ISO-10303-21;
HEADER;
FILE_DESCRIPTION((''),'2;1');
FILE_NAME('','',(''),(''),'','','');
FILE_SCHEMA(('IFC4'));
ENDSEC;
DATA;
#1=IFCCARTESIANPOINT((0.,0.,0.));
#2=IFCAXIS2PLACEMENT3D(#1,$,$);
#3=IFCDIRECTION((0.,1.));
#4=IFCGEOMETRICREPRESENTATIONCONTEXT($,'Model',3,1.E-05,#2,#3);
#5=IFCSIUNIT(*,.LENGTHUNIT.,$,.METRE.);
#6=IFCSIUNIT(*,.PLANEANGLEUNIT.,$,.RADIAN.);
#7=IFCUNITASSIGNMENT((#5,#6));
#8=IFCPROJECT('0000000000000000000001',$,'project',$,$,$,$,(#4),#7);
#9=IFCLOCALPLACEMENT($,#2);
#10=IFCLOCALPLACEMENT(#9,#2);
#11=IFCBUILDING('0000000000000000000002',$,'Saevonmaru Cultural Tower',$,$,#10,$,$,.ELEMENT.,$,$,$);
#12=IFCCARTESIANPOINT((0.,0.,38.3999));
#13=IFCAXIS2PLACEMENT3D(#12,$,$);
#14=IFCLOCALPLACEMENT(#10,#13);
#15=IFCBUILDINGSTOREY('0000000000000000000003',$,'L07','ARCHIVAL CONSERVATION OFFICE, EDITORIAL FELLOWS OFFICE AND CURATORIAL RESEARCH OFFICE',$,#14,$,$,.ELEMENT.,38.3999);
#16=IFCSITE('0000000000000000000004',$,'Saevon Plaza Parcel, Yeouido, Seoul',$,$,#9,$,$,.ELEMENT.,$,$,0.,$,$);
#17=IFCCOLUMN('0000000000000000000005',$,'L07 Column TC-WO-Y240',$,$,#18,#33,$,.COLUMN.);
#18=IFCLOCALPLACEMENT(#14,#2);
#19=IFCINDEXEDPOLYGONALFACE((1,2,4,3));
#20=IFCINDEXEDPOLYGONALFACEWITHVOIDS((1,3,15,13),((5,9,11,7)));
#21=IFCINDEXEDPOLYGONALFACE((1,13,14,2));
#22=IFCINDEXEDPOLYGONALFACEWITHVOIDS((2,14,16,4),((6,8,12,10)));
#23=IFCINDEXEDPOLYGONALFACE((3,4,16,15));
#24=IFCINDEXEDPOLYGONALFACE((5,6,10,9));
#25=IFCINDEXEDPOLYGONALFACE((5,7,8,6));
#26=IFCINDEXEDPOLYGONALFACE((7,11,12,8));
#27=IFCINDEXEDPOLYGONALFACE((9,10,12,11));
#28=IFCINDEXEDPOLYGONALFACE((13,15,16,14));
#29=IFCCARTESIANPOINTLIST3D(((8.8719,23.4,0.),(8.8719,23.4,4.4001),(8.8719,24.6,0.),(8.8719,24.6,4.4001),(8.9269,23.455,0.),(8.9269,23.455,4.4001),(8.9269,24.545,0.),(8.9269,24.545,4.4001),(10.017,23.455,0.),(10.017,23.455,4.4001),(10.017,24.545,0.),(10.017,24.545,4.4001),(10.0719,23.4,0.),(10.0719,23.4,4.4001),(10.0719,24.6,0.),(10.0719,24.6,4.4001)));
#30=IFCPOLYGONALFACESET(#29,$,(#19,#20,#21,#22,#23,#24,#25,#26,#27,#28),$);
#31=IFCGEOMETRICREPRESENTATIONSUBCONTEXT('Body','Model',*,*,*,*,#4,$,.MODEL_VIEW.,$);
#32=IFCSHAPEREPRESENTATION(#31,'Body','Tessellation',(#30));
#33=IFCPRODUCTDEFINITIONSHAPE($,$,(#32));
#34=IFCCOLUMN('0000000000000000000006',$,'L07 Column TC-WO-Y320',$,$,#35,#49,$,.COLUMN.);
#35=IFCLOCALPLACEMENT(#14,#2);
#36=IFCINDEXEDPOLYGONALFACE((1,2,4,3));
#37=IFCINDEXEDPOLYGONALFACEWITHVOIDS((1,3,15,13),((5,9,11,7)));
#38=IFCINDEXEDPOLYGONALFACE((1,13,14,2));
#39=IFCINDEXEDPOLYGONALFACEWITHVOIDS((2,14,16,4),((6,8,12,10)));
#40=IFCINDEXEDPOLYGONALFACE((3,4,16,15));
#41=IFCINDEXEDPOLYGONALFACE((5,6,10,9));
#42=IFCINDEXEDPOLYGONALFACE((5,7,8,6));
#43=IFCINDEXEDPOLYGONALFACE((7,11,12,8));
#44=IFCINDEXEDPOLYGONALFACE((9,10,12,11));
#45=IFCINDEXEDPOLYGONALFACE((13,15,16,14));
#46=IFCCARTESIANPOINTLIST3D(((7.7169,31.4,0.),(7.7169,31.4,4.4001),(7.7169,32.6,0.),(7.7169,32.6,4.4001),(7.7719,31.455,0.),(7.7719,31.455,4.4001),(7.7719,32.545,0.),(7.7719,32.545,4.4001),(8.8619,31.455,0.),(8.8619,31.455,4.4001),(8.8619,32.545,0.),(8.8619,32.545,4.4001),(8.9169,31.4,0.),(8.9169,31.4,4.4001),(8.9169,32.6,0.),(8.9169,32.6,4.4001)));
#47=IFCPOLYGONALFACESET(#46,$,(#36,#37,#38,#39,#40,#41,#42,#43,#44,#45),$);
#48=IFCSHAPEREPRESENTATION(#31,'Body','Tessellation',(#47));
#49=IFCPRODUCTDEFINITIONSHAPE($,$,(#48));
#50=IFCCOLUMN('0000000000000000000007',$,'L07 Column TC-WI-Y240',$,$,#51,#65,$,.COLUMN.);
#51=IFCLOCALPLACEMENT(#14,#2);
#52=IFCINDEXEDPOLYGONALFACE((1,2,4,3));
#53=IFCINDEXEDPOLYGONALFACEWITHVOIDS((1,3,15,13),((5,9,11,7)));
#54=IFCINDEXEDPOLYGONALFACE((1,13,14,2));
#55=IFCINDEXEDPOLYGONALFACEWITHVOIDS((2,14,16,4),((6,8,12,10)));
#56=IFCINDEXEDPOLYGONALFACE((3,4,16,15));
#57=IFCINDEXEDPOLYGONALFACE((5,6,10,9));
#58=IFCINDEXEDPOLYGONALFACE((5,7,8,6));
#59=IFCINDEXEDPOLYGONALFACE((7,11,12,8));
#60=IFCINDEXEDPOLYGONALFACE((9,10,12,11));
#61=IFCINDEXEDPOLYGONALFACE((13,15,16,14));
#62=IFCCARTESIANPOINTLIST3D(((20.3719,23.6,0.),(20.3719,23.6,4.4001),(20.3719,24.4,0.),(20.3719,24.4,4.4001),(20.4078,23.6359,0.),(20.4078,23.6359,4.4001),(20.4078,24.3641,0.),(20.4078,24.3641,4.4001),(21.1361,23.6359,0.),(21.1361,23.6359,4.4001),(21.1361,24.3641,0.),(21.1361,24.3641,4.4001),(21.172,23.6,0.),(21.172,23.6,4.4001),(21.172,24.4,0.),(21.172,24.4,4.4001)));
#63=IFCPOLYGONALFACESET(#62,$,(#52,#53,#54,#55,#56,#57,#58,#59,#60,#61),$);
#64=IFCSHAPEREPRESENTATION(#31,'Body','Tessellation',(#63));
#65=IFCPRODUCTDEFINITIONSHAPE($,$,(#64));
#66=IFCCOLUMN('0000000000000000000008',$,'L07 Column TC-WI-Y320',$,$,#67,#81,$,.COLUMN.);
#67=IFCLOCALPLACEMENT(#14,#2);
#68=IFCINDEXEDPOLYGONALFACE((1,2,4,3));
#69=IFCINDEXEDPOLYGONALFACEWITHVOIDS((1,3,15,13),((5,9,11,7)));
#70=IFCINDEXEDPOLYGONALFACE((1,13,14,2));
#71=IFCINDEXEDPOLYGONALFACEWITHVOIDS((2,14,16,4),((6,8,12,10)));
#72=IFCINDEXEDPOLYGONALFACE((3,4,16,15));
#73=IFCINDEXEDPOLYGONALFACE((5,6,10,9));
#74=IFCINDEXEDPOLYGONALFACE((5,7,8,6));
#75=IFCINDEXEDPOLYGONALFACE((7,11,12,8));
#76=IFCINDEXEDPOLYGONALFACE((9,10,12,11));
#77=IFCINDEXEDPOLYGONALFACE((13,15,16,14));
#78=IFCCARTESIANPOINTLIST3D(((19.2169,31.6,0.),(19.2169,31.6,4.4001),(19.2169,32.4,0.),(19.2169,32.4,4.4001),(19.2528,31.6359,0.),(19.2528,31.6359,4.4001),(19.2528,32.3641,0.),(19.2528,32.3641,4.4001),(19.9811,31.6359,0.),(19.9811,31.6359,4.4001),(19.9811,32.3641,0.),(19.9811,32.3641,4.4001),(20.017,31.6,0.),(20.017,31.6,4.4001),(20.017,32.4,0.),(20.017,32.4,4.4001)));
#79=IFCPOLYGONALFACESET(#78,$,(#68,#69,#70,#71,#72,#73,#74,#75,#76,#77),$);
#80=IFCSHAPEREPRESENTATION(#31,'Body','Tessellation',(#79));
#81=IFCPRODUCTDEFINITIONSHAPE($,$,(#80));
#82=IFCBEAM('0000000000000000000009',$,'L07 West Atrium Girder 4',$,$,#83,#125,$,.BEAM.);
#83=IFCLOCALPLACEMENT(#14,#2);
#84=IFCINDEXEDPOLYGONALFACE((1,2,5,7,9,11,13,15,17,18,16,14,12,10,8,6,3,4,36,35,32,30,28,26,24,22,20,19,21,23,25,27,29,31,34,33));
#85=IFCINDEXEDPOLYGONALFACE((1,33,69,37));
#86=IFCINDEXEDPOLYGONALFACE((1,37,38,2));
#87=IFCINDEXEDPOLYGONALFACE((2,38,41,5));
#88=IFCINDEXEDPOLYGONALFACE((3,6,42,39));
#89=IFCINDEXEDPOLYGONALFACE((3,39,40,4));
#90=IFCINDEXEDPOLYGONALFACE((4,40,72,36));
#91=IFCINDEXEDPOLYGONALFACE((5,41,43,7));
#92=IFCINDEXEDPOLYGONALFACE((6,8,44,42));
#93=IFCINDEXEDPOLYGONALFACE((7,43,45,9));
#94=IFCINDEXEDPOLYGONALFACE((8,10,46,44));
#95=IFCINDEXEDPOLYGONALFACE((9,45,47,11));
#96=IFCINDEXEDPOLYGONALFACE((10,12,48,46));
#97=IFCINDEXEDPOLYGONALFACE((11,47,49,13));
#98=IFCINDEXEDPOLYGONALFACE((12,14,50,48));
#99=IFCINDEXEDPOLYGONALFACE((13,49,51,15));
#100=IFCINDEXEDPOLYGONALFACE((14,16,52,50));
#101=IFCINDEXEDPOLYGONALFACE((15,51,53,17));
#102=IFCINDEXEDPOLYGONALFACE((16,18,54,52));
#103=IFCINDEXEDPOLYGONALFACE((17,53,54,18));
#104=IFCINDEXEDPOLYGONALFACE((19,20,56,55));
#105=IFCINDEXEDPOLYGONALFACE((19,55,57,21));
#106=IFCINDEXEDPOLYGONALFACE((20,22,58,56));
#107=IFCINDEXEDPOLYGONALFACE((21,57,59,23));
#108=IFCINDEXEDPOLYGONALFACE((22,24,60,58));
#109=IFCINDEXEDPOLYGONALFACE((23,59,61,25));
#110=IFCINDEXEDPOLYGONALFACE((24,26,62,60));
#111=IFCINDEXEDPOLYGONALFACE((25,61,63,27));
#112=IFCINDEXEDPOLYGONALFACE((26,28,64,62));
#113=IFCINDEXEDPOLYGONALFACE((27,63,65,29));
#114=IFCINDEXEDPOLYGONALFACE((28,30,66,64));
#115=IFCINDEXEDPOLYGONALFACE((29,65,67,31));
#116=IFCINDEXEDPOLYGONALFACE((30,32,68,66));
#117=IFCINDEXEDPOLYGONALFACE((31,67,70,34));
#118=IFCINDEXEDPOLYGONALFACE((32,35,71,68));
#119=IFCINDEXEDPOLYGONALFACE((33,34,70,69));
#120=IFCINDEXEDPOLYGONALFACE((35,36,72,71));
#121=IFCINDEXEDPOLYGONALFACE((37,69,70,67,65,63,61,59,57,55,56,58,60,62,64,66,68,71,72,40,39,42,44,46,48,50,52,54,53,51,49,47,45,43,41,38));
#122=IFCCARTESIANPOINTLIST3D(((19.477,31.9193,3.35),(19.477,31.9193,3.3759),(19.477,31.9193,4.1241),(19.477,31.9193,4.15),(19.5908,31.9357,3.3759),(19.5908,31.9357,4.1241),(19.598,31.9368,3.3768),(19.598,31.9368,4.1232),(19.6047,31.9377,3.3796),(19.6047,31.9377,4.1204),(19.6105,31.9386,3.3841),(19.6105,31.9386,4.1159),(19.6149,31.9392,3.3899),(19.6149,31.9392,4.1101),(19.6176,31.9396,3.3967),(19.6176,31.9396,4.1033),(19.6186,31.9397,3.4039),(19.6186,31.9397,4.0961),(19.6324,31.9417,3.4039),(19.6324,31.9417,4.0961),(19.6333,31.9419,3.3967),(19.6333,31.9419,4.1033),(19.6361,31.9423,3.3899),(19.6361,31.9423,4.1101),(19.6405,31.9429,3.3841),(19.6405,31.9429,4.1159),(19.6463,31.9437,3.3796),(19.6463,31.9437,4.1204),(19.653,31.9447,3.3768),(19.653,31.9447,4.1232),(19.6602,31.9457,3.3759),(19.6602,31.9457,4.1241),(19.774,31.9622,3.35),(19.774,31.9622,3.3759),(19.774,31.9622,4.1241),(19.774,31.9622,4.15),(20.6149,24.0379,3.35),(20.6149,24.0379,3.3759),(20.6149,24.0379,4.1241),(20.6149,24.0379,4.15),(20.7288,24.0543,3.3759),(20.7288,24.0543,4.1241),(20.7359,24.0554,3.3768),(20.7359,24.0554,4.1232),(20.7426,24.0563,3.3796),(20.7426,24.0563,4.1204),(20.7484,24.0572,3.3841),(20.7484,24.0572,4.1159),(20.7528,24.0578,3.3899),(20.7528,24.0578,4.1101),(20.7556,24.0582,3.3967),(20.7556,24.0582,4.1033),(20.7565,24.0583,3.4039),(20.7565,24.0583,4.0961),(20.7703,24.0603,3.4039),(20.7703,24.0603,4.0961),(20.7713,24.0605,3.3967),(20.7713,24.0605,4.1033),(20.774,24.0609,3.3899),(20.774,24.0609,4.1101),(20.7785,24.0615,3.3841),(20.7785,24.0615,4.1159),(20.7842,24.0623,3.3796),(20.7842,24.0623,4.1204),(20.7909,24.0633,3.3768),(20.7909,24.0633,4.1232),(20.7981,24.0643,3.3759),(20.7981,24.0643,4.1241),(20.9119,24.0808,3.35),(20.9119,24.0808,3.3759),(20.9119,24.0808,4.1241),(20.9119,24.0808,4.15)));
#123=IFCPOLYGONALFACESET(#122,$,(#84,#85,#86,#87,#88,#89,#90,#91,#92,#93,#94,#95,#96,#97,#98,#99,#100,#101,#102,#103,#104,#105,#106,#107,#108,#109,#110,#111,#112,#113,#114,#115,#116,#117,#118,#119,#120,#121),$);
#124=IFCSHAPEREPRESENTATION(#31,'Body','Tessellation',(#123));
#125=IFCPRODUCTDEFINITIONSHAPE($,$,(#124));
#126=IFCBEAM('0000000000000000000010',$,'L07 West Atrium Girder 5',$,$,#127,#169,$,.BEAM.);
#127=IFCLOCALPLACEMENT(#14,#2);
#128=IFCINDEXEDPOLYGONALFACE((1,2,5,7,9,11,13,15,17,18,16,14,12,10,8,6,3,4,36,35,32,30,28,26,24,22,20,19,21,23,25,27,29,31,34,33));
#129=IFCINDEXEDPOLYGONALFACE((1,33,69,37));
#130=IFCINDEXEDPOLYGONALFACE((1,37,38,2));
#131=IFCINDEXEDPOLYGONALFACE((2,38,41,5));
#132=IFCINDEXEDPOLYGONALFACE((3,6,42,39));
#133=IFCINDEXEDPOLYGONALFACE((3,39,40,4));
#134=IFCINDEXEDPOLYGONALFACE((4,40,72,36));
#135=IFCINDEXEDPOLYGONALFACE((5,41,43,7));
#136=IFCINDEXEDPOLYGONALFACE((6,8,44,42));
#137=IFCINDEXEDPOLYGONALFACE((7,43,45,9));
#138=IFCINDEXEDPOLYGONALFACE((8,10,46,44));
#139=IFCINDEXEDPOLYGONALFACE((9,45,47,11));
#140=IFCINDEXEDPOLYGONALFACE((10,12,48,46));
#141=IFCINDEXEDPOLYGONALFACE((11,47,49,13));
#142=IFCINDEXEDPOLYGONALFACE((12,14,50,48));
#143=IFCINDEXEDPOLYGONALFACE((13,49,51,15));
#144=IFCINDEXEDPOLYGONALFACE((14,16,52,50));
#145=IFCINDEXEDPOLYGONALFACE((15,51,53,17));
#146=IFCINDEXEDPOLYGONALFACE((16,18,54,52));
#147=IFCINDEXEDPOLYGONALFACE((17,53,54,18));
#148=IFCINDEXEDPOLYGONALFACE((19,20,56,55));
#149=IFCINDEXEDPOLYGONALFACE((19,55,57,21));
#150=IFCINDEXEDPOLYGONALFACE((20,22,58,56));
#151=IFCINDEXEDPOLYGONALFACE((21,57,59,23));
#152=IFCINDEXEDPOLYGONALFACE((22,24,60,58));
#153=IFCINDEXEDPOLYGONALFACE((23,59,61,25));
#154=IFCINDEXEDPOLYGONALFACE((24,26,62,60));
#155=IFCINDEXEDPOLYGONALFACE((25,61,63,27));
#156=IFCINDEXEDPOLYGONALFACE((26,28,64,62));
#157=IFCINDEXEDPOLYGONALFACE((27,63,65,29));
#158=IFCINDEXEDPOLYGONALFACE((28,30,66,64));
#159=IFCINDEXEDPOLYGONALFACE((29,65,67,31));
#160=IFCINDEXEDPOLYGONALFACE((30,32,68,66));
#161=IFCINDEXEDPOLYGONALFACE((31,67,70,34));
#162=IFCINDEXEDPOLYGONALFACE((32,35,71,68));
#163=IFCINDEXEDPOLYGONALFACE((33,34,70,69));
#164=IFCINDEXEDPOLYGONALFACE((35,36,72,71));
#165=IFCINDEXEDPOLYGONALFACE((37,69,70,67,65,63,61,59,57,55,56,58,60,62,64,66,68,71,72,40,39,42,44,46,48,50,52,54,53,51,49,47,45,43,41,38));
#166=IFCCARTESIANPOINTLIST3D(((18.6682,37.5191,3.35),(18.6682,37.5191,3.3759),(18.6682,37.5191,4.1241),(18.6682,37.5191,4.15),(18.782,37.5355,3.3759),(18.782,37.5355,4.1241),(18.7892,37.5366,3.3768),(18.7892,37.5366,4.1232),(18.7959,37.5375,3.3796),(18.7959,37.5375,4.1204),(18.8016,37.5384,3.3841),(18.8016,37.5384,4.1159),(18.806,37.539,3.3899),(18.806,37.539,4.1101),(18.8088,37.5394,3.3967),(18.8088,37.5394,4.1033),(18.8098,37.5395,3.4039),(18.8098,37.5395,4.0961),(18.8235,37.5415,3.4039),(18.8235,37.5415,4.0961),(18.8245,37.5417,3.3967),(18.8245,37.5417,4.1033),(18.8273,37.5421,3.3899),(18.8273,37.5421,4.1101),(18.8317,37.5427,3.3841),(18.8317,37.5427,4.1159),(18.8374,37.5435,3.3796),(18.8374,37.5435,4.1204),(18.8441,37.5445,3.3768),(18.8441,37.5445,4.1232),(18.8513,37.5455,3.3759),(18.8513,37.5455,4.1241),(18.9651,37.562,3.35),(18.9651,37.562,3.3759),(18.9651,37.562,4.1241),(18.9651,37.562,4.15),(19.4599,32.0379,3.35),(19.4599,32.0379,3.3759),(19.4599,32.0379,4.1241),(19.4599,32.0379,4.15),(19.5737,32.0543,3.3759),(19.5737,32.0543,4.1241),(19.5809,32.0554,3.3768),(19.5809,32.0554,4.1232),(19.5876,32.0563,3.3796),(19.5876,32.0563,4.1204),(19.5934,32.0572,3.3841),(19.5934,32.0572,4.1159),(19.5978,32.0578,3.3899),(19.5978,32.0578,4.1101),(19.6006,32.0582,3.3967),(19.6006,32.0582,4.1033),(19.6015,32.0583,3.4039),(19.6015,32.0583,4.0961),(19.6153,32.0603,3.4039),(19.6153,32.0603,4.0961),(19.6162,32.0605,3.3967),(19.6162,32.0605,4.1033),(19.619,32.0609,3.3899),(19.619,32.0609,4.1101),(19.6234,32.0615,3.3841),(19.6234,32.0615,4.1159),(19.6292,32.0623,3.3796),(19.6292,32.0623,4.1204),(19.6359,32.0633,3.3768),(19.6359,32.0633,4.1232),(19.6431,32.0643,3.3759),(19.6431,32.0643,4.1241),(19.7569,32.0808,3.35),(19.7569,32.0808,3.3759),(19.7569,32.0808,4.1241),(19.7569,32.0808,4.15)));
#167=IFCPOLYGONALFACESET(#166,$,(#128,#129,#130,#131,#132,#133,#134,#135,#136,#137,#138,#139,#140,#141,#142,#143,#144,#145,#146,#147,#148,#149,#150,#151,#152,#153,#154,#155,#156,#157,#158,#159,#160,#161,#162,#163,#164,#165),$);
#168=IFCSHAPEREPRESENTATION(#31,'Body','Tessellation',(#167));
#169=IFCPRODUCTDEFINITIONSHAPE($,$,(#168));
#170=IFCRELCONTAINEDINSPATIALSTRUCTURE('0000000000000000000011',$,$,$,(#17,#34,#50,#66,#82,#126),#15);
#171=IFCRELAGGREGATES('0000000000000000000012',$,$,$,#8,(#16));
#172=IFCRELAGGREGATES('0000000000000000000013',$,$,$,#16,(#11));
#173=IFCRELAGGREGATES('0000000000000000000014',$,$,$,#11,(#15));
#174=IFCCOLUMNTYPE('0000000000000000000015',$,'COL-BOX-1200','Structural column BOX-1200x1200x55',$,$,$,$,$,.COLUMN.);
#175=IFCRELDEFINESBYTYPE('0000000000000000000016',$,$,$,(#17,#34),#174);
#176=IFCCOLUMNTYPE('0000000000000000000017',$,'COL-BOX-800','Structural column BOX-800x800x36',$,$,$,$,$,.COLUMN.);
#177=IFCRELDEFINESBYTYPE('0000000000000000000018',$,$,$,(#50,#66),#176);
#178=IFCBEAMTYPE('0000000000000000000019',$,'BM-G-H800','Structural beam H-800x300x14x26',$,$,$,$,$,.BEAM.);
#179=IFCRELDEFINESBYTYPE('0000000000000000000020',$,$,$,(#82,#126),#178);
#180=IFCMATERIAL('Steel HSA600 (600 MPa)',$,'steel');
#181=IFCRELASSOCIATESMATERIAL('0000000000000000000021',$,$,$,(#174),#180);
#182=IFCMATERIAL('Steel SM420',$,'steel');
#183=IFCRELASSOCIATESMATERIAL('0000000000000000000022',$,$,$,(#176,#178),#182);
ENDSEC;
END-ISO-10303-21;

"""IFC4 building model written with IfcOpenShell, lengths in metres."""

from ifc_helpers import new_model, si_unit, direction, frame, origin, origin_2d, place, context, subcontext, project, spatial, hollow_rectangle, i_section, extrude, material, material_profile, profile_set, type_object, element, save


model = new_model("IFC4")

# Units and contexts
model_context = context("Model", 3, precision=1e-05, world=origin(), true_north=direction((0.0, 1.0)))
body_context = subcontext(model_context, "Body", "Model", "MODEL_VIEW")
ifc_project = project(units=[si_unit("LENGTHUNIT", "METRE"), si_unit("PLANEANGLEUNIT", "RADIAN")], contexts=[model_context])

# Site, building, storey
site_placement = place(None, origin())
site = spatial("IfcSite", under=ifc_project, at=site_placement, Name="Saevon Plaza Parcel, Yeouido, Seoul", CompositionType="ELEMENT", RefElevation=0.0)
building_placement = place(site_placement, origin())
building = spatial("IfcBuilding", under=site, at=building_placement, Name="Saevonmaru Cultural Tower", CompositionType="ELEMENT")
storey_placement = place(building_placement, frame((0.0, 0.0, 38.3999)))
storey = spatial("IfcBuildingStorey", under=building, at=storey_placement, Name="L07", Description="ARCHIVAL CONSERVATION OFFICE, EDITORIAL FELLOWS OFFICE AND CURATORIAL RESEARCH OFFICE", CompositionType="ELEMENT", Elevation=38.3999)

# Columns
ifc_material_1 = material(Name="Steel HSA600 (600 MPa)", Category="steel")
ifc_material_profile_1 = material_profile(ifc_material_1, hollow_rectangle(XDim=1.2, YDim=1.2, WallThickness=0.0549, at=origin_2d()), Name="BOX-1200x1200x55")
ifc_profile_set_1 = profile_set([ifc_material_profile_1], Name="Steel HSA600 (600 MPa)")
column_type_1 = type_object("IfcColumnType", Name="COL-BOX-1200", Description="Structural column BOX-1200x1200x55", PredefinedType="COLUMN", material=ifc_profile_set_1)
for number, where, z_axis, x_axis, name in (
    (1, (9.4719, 24.0, 0.0), (0.0, 0.0, 1.0), (1.0, 0.0, 0.0), "L07 Column TC-WO-Y240"),
    (2, (8.3169, 32.0, 0.0), (0.0, 0.0, 1.0), (1.0, 0.0, 0.0), "L07 Column TC-WO-Y320"),
):
    element("IfcColumn", number, at=place(storey_placement, frame(where, z_axis=z_axis, x_axis=x_axis)), inside=storey, type_object=column_type_1, Name=name, PredefinedType="COLUMN", context=body_context, shape_type="SweptSolid", body=[
        extrude(hollow_rectangle(XDim=1.2, YDim=1.2, WallThickness=0.0549, at=origin_2d()), origin(), (0.0, 0.0, 1.0), 4.4001),
    ])
ifc_material_2 = material(Name="Steel SM420", Category="steel")
ifc_material_profile_2 = material_profile(ifc_material_2, hollow_rectangle(XDim=0.8, YDim=0.8, WallThickness=0.0359, at=origin_2d()), Name="BOX-800x800x36")
ifc_profile_set_2 = profile_set([ifc_material_profile_2], Name="Steel SM420")
column_type_2 = type_object("IfcColumnType", Name="COL-BOX-800", Description="Structural column BOX-800x800x36", PredefinedType="COLUMN", material=ifc_profile_set_2)
for number, where, z_axis, x_axis, name in (
    (3, (20.772, 24.0, 0.0), (0.0, 0.0, 1.0), (1.0, 0.0, 0.0), "L07 Column TC-WI-Y240"),
    (4, (19.6169, 32.0, 0.0), (0.0, 0.0, 1.0), (1.0, 0.0, 0.0), "L07 Column TC-WI-Y320"),
):
    element("IfcColumn", number, at=place(storey_placement, frame(where, z_axis=z_axis, x_axis=x_axis)), inside=storey, type_object=column_type_2, Name=name, PredefinedType="COLUMN", context=body_context, shape_type="SweptSolid", body=[
        extrude(hollow_rectangle(XDim=0.8, YDim=0.8, WallThickness=0.0359, at=origin_2d()), origin(), (0.0, 0.0, 1.0), 4.4001),
    ])

# Beams
ifc_material_profile_3 = material_profile(ifc_material_2, i_section(OverallWidth=0.3, OverallDepth=0.8, WebThickness=0.0139, FlangeThickness=0.0259, FilletRadius=0.0281, at=origin_2d()), Name="H-800x300x14x26")
ifc_profile_set_3 = profile_set([ifc_material_profile_3], Name="Steel SM420")
beam_type_1 = type_object("IfcBeamType", Name="BM-G-H800", Description="Structural beam H-800x300x14x26", PredefinedType="BEAM", material=ifc_profile_set_3)
beam_1_placement = place(storey_placement, frame((20.7634, 24.0593, 3.75), z_axis=(-0.142902, 0.989737, 0.0), x_axis=(-0.989737, -0.142902, 0.0)))
element("IfcBeam", 5, at=beam_1_placement, inside=storey, type_object=beam_type_1, Name="L07 West Atrium Girder 4", PredefinedType="BEAM", context=body_context, shape_type="SweptSolid", body=[
    extrude(i_section(OverallWidth=0.3, OverallDepth=0.8, WebThickness=0.0139, FlangeThickness=0.0259, FilletRadius=0.0281, at=origin_2d()), origin(), (0.0, 0.0, 1.0), 7.9631),
])
beam_2_placement = place(storey_placement, frame((19.6084, 32.0593, 3.75), z_axis=(-0.142964, 0.989728, 0.0), x_axis=(-0.989728, -0.142964, 0.0)))
element("IfcBeam", 6, at=beam_2_placement, inside=storey, type_object=beam_type_1, Name="L07 West Atrium Girder 5", PredefinedType="BEAM", context=body_context, shape_type="SweptSolid", body=[
    extrude(i_section(OverallWidth=0.3, OverallDepth=0.8, WebThickness=0.0139, FlangeThickness=0.0259, FilletRadius=0.0281, at=origin_2d()), origin(), (0.0, 0.0, 1.0), 5.5381),
])

save(model, "model.ifc")
